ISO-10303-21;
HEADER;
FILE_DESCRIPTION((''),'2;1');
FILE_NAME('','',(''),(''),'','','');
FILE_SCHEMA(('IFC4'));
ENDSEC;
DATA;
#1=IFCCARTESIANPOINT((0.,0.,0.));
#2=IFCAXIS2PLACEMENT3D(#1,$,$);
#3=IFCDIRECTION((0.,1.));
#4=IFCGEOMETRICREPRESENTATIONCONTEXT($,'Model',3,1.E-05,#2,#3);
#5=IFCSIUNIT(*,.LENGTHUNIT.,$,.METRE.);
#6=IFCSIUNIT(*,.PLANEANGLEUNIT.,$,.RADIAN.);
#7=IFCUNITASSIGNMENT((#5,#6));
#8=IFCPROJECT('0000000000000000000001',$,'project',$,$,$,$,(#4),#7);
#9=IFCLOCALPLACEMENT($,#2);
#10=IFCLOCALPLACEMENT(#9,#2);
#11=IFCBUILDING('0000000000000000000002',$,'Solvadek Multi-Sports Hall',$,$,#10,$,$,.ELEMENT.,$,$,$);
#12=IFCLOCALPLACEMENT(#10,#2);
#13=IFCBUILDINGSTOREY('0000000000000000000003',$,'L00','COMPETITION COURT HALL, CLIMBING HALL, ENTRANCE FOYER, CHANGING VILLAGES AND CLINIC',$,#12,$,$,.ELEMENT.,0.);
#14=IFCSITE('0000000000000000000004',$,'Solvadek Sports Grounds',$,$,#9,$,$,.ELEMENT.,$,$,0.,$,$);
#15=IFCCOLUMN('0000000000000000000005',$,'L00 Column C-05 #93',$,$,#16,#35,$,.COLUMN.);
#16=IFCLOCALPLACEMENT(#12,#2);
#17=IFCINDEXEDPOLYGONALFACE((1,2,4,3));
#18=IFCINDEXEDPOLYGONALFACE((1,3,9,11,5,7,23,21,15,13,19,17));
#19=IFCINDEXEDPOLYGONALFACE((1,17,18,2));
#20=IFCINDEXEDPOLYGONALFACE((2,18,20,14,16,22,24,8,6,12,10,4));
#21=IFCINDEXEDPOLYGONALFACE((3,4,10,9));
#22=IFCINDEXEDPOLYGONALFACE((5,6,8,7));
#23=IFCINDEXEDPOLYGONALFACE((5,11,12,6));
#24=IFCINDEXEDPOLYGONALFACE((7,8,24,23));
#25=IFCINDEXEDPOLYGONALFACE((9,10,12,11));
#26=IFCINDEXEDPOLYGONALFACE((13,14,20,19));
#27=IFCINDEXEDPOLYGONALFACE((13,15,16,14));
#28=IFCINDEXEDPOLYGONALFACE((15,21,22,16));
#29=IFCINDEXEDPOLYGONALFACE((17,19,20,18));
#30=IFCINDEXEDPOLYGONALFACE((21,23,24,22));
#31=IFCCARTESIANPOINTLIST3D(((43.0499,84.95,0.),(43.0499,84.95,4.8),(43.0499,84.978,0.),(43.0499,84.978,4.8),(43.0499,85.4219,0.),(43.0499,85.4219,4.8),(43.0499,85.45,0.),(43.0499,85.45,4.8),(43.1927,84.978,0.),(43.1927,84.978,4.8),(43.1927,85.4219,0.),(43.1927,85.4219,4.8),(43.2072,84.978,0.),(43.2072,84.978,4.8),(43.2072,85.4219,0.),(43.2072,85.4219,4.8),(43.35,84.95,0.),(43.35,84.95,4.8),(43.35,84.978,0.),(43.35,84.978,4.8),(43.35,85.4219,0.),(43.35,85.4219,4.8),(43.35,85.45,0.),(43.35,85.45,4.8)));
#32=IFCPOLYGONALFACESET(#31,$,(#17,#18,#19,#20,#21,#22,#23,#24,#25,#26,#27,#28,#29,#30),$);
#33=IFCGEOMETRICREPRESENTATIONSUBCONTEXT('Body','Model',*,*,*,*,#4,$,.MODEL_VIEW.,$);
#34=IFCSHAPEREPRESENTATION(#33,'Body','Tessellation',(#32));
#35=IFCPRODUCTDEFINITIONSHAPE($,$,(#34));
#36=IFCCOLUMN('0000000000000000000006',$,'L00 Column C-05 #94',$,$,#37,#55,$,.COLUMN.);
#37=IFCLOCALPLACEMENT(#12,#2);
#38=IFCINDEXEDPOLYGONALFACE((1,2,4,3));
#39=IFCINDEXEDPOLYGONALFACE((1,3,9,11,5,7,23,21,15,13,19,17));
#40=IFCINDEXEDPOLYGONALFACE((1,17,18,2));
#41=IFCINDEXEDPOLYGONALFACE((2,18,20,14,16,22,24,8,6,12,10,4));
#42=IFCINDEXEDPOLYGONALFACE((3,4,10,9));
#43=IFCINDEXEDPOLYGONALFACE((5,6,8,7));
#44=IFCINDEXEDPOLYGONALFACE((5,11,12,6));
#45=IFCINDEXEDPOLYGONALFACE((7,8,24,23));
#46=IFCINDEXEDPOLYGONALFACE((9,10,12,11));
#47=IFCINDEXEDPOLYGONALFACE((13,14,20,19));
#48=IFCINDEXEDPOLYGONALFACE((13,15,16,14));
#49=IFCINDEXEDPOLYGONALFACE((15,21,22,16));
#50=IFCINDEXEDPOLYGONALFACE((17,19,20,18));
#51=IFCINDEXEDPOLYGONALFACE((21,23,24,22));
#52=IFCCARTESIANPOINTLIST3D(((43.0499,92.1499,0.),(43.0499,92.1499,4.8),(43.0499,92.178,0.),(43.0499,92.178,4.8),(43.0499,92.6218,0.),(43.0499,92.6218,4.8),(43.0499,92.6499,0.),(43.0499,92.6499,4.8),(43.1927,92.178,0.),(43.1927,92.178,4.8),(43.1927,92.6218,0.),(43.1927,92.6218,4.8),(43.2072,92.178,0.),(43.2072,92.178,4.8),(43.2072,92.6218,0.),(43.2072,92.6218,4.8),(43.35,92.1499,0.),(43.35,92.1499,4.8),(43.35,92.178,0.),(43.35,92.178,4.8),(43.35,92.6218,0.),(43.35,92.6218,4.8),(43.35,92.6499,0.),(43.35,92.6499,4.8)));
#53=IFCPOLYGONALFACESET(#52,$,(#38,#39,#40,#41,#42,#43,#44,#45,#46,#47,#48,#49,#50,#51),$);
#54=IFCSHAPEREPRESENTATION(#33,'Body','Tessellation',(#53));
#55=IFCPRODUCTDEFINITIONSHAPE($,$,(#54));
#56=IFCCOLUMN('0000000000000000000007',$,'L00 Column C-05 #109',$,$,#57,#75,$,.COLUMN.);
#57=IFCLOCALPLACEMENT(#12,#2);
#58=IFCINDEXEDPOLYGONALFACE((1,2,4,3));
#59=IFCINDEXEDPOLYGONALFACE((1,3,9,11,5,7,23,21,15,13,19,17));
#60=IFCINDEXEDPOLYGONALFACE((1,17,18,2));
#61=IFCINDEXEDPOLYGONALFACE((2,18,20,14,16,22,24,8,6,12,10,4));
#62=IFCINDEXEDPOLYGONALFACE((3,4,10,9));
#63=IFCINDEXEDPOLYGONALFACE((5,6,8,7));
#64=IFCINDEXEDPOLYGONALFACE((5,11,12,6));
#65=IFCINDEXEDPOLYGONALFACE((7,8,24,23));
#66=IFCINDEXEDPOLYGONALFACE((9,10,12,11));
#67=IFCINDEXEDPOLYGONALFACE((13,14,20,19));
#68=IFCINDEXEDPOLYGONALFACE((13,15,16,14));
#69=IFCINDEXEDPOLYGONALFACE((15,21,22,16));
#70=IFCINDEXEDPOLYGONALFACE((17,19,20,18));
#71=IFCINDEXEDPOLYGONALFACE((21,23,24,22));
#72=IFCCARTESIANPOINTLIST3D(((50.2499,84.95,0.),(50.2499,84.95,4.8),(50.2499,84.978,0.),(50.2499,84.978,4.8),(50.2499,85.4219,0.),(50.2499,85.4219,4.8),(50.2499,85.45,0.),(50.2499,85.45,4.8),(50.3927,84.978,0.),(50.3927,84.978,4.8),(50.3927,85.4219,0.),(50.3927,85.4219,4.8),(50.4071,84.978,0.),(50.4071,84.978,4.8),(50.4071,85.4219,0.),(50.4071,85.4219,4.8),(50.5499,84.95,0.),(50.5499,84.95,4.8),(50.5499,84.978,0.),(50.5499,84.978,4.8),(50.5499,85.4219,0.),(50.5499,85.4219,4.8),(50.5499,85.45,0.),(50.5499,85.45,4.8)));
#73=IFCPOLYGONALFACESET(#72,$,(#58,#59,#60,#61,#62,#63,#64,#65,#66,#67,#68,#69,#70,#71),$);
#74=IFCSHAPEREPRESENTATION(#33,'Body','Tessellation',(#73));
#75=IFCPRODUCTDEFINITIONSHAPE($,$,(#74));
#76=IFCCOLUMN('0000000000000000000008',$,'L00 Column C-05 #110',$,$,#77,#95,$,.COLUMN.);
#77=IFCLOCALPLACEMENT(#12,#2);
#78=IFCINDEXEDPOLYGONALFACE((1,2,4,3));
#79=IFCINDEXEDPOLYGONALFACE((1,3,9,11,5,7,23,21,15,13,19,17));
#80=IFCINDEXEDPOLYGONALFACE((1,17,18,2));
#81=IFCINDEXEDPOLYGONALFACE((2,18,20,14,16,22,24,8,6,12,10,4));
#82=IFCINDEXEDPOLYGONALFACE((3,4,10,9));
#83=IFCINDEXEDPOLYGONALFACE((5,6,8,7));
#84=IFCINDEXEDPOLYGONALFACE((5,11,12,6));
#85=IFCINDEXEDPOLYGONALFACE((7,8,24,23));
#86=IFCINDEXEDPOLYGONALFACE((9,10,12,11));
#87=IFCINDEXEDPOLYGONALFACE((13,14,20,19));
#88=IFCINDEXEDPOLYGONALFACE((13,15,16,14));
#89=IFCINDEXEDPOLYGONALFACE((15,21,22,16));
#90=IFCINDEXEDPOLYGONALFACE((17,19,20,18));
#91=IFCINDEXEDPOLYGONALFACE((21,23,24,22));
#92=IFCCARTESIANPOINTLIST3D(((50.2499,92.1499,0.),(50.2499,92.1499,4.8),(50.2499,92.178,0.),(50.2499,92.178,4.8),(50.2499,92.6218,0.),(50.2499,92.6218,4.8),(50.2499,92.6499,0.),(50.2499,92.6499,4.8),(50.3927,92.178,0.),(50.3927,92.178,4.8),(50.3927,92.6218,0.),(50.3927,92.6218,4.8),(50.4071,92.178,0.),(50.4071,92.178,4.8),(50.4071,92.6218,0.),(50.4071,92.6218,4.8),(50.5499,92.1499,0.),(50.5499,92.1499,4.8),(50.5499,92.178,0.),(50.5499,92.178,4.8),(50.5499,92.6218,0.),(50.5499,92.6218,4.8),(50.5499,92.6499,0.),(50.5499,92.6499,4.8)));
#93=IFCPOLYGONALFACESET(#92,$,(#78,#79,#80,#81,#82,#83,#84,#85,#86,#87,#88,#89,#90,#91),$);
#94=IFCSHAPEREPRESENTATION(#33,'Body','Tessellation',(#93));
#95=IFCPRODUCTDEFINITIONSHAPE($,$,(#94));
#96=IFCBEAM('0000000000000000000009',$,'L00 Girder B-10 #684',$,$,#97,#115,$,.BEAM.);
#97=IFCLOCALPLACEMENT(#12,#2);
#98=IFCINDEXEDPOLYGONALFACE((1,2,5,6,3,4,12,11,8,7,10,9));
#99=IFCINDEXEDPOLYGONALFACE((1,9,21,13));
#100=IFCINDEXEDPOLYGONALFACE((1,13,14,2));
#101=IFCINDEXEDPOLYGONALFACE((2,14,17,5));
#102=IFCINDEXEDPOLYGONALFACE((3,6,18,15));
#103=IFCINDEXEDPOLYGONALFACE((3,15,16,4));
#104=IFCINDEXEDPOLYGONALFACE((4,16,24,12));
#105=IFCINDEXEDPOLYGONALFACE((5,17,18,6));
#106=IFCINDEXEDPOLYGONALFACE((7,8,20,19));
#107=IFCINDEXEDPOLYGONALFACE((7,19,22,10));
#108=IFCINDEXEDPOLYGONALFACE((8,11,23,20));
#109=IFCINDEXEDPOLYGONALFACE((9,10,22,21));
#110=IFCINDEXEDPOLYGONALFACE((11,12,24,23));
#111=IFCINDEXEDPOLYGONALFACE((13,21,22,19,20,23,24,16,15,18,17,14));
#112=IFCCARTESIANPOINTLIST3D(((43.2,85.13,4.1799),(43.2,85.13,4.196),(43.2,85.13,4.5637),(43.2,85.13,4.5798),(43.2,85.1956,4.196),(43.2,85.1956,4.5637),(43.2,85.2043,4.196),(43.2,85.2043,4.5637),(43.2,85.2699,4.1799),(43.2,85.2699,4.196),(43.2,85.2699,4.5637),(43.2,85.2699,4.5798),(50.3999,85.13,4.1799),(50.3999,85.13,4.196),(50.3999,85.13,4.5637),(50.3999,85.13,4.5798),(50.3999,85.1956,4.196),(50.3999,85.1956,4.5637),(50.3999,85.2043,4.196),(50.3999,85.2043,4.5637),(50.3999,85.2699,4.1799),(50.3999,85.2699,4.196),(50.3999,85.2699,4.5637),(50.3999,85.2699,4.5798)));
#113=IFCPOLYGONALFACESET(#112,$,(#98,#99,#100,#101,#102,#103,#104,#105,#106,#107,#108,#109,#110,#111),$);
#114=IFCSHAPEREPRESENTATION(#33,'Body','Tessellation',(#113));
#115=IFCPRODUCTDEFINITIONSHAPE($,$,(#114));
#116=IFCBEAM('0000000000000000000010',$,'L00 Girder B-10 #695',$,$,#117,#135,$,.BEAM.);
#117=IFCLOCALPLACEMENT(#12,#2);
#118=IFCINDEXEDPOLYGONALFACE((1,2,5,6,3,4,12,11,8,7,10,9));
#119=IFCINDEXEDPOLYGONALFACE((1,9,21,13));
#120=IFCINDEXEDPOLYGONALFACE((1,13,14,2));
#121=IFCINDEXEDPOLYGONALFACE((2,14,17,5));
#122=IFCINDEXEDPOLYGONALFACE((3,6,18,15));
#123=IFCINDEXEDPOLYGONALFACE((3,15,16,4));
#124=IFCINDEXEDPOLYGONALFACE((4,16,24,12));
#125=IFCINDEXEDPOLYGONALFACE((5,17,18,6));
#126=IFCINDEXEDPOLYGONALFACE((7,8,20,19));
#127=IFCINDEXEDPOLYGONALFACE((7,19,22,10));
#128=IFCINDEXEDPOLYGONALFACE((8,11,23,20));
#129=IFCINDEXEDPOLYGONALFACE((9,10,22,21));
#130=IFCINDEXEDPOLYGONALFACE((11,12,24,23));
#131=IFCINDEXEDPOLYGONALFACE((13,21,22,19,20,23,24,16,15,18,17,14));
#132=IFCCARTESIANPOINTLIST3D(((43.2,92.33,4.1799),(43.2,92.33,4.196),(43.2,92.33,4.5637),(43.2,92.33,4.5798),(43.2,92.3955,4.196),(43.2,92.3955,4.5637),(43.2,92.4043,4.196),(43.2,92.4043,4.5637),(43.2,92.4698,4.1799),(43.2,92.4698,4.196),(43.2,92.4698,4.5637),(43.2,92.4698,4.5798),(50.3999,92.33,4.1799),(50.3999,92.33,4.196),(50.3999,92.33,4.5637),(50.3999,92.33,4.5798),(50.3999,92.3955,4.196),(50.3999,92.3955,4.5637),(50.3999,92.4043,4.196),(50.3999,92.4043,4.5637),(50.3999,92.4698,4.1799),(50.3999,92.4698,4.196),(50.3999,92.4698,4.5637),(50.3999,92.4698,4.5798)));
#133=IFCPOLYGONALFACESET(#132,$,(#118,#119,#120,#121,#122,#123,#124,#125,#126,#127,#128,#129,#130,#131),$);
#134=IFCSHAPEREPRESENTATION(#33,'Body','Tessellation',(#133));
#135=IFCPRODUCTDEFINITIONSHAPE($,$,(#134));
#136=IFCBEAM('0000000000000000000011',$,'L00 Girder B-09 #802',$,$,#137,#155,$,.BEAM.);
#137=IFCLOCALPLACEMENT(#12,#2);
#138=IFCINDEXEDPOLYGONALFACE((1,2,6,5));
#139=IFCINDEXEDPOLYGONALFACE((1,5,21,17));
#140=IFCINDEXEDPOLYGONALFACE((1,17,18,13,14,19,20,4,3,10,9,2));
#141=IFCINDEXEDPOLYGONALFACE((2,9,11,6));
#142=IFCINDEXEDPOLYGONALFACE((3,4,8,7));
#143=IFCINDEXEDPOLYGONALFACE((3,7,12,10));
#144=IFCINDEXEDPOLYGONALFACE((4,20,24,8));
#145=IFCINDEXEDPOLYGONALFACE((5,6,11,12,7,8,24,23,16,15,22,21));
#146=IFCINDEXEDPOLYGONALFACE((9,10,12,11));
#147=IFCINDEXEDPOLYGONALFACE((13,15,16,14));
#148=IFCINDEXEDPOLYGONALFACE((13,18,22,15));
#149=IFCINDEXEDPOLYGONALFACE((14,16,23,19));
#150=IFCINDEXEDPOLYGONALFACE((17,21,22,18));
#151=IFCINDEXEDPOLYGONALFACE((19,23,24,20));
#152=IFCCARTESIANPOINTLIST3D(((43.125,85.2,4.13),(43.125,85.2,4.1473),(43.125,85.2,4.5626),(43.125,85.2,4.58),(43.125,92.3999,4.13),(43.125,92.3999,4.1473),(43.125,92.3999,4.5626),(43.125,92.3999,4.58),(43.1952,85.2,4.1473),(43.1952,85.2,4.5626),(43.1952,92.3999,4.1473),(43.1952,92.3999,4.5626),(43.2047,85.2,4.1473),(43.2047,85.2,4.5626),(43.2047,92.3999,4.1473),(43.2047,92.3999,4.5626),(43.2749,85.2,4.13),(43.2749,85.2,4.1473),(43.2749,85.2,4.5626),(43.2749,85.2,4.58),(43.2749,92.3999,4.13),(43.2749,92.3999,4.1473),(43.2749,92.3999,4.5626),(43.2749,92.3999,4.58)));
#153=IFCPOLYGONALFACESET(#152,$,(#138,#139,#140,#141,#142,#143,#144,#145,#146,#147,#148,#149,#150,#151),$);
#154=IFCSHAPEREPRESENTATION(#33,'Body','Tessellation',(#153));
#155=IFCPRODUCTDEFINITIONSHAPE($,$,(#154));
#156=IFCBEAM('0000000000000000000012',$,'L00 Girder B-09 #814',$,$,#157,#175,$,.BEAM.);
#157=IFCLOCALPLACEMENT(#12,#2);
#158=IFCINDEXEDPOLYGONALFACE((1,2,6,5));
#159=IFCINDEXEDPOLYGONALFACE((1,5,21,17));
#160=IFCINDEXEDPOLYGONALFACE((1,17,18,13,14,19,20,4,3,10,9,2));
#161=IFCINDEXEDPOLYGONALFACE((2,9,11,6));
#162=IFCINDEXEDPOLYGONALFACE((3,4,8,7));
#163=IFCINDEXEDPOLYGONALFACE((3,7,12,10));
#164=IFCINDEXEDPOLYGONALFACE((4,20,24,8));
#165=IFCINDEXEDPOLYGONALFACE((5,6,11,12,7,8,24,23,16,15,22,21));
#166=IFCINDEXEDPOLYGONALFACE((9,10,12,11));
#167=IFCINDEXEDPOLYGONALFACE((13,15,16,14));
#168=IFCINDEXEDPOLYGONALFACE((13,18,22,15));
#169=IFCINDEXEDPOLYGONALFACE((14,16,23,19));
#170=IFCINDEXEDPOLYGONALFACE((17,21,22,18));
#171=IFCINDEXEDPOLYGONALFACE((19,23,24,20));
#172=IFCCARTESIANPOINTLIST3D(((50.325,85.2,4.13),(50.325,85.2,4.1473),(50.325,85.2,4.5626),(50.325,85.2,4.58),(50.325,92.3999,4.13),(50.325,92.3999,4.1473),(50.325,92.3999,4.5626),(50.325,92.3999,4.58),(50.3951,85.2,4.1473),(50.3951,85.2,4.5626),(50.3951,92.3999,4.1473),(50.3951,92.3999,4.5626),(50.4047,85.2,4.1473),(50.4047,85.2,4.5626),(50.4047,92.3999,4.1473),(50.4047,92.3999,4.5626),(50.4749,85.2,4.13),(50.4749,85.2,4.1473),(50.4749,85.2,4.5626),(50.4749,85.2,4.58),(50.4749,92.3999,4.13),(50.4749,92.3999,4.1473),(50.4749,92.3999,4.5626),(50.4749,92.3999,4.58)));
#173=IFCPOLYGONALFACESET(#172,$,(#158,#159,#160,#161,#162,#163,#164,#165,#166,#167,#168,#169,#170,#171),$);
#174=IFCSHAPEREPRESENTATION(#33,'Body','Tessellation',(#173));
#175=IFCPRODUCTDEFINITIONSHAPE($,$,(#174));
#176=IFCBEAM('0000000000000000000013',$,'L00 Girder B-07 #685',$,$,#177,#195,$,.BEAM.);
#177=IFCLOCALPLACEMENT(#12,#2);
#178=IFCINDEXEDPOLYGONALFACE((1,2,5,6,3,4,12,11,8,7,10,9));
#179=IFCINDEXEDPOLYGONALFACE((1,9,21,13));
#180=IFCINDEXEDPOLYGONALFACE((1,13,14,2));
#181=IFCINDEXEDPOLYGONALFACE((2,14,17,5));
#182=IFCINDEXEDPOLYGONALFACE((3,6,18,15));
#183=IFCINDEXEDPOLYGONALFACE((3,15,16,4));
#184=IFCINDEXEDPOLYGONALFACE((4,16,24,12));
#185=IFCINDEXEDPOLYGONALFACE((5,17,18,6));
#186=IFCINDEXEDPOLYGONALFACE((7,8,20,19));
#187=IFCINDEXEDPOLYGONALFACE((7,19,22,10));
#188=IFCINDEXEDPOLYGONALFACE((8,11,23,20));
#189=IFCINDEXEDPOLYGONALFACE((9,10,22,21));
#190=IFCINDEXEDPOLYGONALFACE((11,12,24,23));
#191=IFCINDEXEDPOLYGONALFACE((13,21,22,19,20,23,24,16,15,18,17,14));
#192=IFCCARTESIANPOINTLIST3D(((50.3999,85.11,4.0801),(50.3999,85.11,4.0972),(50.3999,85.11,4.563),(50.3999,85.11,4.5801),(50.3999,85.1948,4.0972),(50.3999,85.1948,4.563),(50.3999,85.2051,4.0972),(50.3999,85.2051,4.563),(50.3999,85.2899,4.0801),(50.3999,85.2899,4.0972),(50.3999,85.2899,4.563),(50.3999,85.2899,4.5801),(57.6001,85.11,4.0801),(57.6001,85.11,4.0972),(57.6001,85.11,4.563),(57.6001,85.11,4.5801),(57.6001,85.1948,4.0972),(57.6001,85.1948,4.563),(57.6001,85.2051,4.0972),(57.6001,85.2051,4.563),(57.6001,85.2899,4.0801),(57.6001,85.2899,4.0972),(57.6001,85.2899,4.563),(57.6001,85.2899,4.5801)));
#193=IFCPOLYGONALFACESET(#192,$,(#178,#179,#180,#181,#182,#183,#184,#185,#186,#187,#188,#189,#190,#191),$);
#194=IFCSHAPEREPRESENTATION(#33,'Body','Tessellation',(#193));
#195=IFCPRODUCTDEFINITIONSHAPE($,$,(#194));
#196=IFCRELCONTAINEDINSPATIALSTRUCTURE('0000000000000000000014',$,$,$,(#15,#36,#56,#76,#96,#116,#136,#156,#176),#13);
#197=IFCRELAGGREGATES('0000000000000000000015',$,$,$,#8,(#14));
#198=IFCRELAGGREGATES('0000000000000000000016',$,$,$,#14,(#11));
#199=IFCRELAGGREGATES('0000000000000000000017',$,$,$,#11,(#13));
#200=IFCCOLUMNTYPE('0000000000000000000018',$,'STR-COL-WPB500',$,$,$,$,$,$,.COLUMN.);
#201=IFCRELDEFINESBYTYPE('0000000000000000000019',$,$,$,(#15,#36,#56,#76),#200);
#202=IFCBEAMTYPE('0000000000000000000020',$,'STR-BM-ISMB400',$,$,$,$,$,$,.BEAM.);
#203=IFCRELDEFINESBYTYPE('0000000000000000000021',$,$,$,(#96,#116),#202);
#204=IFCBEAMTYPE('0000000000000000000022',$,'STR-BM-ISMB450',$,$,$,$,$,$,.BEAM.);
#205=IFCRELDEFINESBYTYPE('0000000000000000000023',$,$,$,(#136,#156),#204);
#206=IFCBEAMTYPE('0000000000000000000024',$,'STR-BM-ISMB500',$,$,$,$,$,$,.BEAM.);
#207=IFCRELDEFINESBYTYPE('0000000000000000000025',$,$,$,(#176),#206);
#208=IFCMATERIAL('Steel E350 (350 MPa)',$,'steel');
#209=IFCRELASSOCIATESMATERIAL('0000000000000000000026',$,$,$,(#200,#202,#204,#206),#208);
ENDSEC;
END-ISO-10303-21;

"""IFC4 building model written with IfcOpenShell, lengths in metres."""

from ifc_helpers import new_model, si_unit, direction, frame, origin, origin_2d, place, context, subcontext, project, spatial, i_section, extrude, material, material_profile, profile_set, type_object, element, save


model = new_model("IFC4")

# Units and contexts
model_context = context("Model", 3, precision=1e-05, world=origin(), true_north=direction((0.0, 1.0)))
body_context = subcontext(model_context, "Body", "Model", "MODEL_VIEW")
ifc_project = project(units=[si_unit("LENGTHUNIT", "METRE"), si_unit("PLANEANGLEUNIT", "RADIAN")], contexts=[model_context])

# Site, building, storey
site_placement = place(None, origin())
site = spatial("IfcSite", under=ifc_project, at=site_placement, Name="Solvadek Sports Grounds", CompositionType="ELEMENT", RefElevation=0.0)
building_placement = place(site_placement, origin())
building = spatial("IfcBuilding", under=site, at=building_placement, Name="Solvadek Multi-Sports Hall", CompositionType="ELEMENT")
storey_placement = place(building_placement, origin())
storey = spatial("IfcBuildingStorey", under=building, at=storey_placement, Name="L00", Description="COMPETITION COURT HALL, CLIMBING HALL, ENTRANCE FOYER, CHANGING VILLAGES AND CLINIC", CompositionType="ELEMENT", Elevation=0.0)

# Columns
ifc_material = material(Name="Steel E350 (350 MPa)", Category="steel")
ifc_material_profile_1 = material_profile(ifc_material, i_section(OverallWidth=0.3, OverallDepth=0.5, WebThickness=0.0144, FlangeThickness=0.0281, at=origin_2d()), Name="WPB 500")
ifc_profile_set_1 = profile_set([ifc_material_profile_1], Name="Steel E350 (350 MPa)")
column_type = type_object("IfcColumnType", Name="STR-COL-WPB500", PredefinedType="COLUMN", material=ifc_profile_set_1)
for number, where, z_axis, x_axis, name in (
    (1, (43.2, 85.2, 0.0), (0.0, 0.0, 1.0), (1.0, 0.0, 0.0), "L00 Column C-05 #93"),
    (2, (43.2, 92.3999, 0.0), (0.0, 0.0, 1.0), (1.0, 0.0, 0.0), "L00 Column C-05 #94"),
    (3, (50.3999, 85.2, 0.0), (0.0, 0.0, 1.0), (1.0, 0.0, 0.0), "L00 Column C-05 #109"),
    (4, (50.3999, 92.3999, 0.0), (0.0, 0.0, 1.0), (1.0, 0.0, 0.0), "L00 Column C-05 #110"),
):
    element("IfcColumn", number, at=place(storey_placement, frame(where, z_axis=z_axis, x_axis=x_axis)), inside=storey, type_object=column_type, Name=name, PredefinedType="COLUMN", context=body_context, shape_type="SweptSolid", body=[
        extrude(i_section(OverallWidth=0.3, OverallDepth=0.5, WebThickness=0.0144, FlangeThickness=0.0281, at=origin_2d()), origin(), (0.0, 0.0, 1.0), 4.8),
    ])

# Beams
ifc_material_profile_2 = material_profile(ifc_material, i_section(OverallWidth=0.1399, OverallDepth=0.3999, WebThickness=0.0088, FlangeThickness=0.0161, at=origin_2d()), Name="ISMB 400")
ifc_profile_set_2 = profile_set([ifc_material_profile_2], Name="Steel E350 (350 MPa)")
beam_type_1 = type_object("IfcBeamType", Name="STR-BM-ISMB400", PredefinedType="BEAM", material=ifc_profile_set_2)
for number, where, z_axis, x_axis, name in (
    (5, (43.2, 85.2, 4.3799), (1.0, 0.0, 0.0), (0.0, 1.0, 0.0), "L00 Girder B-10 #684"),
    (6, (43.2, 92.3999, 4.3799), (1.0, 0.0, 0.0), (0.0, 1.0, 0.0), "L00 Girder B-10 #695"),
):
    element("IfcBeam", number, at=place(storey_placement, frame(where, z_axis=z_axis, x_axis=x_axis)), inside=storey, type_object=beam_type_1, Name=name, PredefinedType="BEAM", context=body_context, shape_type="SweptSolid", body=[
        extrude(i_section(OverallWidth=0.1399, OverallDepth=0.3999, WebThickness=0.0088, FlangeThickness=0.0161, at=origin_2d()), origin(), (0.0, 0.0, 1.0), 7.2),
    ])
ifc_material_profile_3 = material_profile(ifc_material, i_section(OverallWidth=0.1499, OverallDepth=0.45, WebThickness=0.0095, FlangeThickness=0.0173, at=origin_2d()), Name="ISMB 450")
ifc_profile_set_3 = profile_set([ifc_material_profile_3], Name="Steel E350 (350 MPa)")
beam_type_2 = type_object("IfcBeamType", Name="STR-BM-ISMB450", PredefinedType="BEAM", material=ifc_profile_set_3)
for number, where, z_axis, x_axis, name in (
    (7, (43.2, 85.2, 4.355), (0.0, 1.0, 0.0), (-1.0, 0.0, 0.0), "L00 Girder B-09 #802"),
    (8, (50.3999, 85.2, 4.355), (0.0, 1.0, 0.0), (-1.0, 0.0, 0.0), "L00 Girder B-09 #814"),
):
    element("IfcBeam", number, at=place(storey_placement, frame(where, z_axis=z_axis, x_axis=x_axis)), inside=storey, type_object=beam_type_2, Name=name, PredefinedType="BEAM", context=body_context, shape_type="SweptSolid", body=[
        extrude(i_section(OverallWidth=0.1499, OverallDepth=0.45, WebThickness=0.0095, FlangeThickness=0.0173, at=origin_2d()), origin(), (0.0, 0.0, 1.0), 7.2),
    ])
ifc_material_profile_4 = material_profile(ifc_material, i_section(OverallWidth=0.1799, OverallDepth=0.5, WebThickness=0.0103, FlangeThickness=0.0171, at=origin_2d()), Name="ISMB 500")
ifc_profile_set_4 = profile_set([ifc_material_profile_4], Name="Steel E350 (350 MPa)")
beam_type_3 = type_object("IfcBeamType", Name="STR-BM-ISMB500", PredefinedType="BEAM", material=ifc_profile_set_4)
for number, where, z_axis, x_axis, name in (
    (9, (50.3999, 85.2, 4.3301), (1.0, 0.0, 0.0), (0.0, 1.0, 0.0), "L00 Girder B-07 #685"),
):
    element("IfcBeam", number, at=place(storey_placement, frame(where, z_axis=z_axis, x_axis=x_axis)), inside=storey, type_object=beam_type_3, Name=name, PredefinedType="BEAM", context=body_context, shape_type="SweptSolid", body=[
        extrude(i_section(OverallWidth=0.1799, OverallDepth=0.5, WebThickness=0.0103, FlangeThickness=0.0171, at=origin_2d()), origin(), (0.0, 0.0, 1.0), 7.2002),
    ])

save(model, "model.ifc")
